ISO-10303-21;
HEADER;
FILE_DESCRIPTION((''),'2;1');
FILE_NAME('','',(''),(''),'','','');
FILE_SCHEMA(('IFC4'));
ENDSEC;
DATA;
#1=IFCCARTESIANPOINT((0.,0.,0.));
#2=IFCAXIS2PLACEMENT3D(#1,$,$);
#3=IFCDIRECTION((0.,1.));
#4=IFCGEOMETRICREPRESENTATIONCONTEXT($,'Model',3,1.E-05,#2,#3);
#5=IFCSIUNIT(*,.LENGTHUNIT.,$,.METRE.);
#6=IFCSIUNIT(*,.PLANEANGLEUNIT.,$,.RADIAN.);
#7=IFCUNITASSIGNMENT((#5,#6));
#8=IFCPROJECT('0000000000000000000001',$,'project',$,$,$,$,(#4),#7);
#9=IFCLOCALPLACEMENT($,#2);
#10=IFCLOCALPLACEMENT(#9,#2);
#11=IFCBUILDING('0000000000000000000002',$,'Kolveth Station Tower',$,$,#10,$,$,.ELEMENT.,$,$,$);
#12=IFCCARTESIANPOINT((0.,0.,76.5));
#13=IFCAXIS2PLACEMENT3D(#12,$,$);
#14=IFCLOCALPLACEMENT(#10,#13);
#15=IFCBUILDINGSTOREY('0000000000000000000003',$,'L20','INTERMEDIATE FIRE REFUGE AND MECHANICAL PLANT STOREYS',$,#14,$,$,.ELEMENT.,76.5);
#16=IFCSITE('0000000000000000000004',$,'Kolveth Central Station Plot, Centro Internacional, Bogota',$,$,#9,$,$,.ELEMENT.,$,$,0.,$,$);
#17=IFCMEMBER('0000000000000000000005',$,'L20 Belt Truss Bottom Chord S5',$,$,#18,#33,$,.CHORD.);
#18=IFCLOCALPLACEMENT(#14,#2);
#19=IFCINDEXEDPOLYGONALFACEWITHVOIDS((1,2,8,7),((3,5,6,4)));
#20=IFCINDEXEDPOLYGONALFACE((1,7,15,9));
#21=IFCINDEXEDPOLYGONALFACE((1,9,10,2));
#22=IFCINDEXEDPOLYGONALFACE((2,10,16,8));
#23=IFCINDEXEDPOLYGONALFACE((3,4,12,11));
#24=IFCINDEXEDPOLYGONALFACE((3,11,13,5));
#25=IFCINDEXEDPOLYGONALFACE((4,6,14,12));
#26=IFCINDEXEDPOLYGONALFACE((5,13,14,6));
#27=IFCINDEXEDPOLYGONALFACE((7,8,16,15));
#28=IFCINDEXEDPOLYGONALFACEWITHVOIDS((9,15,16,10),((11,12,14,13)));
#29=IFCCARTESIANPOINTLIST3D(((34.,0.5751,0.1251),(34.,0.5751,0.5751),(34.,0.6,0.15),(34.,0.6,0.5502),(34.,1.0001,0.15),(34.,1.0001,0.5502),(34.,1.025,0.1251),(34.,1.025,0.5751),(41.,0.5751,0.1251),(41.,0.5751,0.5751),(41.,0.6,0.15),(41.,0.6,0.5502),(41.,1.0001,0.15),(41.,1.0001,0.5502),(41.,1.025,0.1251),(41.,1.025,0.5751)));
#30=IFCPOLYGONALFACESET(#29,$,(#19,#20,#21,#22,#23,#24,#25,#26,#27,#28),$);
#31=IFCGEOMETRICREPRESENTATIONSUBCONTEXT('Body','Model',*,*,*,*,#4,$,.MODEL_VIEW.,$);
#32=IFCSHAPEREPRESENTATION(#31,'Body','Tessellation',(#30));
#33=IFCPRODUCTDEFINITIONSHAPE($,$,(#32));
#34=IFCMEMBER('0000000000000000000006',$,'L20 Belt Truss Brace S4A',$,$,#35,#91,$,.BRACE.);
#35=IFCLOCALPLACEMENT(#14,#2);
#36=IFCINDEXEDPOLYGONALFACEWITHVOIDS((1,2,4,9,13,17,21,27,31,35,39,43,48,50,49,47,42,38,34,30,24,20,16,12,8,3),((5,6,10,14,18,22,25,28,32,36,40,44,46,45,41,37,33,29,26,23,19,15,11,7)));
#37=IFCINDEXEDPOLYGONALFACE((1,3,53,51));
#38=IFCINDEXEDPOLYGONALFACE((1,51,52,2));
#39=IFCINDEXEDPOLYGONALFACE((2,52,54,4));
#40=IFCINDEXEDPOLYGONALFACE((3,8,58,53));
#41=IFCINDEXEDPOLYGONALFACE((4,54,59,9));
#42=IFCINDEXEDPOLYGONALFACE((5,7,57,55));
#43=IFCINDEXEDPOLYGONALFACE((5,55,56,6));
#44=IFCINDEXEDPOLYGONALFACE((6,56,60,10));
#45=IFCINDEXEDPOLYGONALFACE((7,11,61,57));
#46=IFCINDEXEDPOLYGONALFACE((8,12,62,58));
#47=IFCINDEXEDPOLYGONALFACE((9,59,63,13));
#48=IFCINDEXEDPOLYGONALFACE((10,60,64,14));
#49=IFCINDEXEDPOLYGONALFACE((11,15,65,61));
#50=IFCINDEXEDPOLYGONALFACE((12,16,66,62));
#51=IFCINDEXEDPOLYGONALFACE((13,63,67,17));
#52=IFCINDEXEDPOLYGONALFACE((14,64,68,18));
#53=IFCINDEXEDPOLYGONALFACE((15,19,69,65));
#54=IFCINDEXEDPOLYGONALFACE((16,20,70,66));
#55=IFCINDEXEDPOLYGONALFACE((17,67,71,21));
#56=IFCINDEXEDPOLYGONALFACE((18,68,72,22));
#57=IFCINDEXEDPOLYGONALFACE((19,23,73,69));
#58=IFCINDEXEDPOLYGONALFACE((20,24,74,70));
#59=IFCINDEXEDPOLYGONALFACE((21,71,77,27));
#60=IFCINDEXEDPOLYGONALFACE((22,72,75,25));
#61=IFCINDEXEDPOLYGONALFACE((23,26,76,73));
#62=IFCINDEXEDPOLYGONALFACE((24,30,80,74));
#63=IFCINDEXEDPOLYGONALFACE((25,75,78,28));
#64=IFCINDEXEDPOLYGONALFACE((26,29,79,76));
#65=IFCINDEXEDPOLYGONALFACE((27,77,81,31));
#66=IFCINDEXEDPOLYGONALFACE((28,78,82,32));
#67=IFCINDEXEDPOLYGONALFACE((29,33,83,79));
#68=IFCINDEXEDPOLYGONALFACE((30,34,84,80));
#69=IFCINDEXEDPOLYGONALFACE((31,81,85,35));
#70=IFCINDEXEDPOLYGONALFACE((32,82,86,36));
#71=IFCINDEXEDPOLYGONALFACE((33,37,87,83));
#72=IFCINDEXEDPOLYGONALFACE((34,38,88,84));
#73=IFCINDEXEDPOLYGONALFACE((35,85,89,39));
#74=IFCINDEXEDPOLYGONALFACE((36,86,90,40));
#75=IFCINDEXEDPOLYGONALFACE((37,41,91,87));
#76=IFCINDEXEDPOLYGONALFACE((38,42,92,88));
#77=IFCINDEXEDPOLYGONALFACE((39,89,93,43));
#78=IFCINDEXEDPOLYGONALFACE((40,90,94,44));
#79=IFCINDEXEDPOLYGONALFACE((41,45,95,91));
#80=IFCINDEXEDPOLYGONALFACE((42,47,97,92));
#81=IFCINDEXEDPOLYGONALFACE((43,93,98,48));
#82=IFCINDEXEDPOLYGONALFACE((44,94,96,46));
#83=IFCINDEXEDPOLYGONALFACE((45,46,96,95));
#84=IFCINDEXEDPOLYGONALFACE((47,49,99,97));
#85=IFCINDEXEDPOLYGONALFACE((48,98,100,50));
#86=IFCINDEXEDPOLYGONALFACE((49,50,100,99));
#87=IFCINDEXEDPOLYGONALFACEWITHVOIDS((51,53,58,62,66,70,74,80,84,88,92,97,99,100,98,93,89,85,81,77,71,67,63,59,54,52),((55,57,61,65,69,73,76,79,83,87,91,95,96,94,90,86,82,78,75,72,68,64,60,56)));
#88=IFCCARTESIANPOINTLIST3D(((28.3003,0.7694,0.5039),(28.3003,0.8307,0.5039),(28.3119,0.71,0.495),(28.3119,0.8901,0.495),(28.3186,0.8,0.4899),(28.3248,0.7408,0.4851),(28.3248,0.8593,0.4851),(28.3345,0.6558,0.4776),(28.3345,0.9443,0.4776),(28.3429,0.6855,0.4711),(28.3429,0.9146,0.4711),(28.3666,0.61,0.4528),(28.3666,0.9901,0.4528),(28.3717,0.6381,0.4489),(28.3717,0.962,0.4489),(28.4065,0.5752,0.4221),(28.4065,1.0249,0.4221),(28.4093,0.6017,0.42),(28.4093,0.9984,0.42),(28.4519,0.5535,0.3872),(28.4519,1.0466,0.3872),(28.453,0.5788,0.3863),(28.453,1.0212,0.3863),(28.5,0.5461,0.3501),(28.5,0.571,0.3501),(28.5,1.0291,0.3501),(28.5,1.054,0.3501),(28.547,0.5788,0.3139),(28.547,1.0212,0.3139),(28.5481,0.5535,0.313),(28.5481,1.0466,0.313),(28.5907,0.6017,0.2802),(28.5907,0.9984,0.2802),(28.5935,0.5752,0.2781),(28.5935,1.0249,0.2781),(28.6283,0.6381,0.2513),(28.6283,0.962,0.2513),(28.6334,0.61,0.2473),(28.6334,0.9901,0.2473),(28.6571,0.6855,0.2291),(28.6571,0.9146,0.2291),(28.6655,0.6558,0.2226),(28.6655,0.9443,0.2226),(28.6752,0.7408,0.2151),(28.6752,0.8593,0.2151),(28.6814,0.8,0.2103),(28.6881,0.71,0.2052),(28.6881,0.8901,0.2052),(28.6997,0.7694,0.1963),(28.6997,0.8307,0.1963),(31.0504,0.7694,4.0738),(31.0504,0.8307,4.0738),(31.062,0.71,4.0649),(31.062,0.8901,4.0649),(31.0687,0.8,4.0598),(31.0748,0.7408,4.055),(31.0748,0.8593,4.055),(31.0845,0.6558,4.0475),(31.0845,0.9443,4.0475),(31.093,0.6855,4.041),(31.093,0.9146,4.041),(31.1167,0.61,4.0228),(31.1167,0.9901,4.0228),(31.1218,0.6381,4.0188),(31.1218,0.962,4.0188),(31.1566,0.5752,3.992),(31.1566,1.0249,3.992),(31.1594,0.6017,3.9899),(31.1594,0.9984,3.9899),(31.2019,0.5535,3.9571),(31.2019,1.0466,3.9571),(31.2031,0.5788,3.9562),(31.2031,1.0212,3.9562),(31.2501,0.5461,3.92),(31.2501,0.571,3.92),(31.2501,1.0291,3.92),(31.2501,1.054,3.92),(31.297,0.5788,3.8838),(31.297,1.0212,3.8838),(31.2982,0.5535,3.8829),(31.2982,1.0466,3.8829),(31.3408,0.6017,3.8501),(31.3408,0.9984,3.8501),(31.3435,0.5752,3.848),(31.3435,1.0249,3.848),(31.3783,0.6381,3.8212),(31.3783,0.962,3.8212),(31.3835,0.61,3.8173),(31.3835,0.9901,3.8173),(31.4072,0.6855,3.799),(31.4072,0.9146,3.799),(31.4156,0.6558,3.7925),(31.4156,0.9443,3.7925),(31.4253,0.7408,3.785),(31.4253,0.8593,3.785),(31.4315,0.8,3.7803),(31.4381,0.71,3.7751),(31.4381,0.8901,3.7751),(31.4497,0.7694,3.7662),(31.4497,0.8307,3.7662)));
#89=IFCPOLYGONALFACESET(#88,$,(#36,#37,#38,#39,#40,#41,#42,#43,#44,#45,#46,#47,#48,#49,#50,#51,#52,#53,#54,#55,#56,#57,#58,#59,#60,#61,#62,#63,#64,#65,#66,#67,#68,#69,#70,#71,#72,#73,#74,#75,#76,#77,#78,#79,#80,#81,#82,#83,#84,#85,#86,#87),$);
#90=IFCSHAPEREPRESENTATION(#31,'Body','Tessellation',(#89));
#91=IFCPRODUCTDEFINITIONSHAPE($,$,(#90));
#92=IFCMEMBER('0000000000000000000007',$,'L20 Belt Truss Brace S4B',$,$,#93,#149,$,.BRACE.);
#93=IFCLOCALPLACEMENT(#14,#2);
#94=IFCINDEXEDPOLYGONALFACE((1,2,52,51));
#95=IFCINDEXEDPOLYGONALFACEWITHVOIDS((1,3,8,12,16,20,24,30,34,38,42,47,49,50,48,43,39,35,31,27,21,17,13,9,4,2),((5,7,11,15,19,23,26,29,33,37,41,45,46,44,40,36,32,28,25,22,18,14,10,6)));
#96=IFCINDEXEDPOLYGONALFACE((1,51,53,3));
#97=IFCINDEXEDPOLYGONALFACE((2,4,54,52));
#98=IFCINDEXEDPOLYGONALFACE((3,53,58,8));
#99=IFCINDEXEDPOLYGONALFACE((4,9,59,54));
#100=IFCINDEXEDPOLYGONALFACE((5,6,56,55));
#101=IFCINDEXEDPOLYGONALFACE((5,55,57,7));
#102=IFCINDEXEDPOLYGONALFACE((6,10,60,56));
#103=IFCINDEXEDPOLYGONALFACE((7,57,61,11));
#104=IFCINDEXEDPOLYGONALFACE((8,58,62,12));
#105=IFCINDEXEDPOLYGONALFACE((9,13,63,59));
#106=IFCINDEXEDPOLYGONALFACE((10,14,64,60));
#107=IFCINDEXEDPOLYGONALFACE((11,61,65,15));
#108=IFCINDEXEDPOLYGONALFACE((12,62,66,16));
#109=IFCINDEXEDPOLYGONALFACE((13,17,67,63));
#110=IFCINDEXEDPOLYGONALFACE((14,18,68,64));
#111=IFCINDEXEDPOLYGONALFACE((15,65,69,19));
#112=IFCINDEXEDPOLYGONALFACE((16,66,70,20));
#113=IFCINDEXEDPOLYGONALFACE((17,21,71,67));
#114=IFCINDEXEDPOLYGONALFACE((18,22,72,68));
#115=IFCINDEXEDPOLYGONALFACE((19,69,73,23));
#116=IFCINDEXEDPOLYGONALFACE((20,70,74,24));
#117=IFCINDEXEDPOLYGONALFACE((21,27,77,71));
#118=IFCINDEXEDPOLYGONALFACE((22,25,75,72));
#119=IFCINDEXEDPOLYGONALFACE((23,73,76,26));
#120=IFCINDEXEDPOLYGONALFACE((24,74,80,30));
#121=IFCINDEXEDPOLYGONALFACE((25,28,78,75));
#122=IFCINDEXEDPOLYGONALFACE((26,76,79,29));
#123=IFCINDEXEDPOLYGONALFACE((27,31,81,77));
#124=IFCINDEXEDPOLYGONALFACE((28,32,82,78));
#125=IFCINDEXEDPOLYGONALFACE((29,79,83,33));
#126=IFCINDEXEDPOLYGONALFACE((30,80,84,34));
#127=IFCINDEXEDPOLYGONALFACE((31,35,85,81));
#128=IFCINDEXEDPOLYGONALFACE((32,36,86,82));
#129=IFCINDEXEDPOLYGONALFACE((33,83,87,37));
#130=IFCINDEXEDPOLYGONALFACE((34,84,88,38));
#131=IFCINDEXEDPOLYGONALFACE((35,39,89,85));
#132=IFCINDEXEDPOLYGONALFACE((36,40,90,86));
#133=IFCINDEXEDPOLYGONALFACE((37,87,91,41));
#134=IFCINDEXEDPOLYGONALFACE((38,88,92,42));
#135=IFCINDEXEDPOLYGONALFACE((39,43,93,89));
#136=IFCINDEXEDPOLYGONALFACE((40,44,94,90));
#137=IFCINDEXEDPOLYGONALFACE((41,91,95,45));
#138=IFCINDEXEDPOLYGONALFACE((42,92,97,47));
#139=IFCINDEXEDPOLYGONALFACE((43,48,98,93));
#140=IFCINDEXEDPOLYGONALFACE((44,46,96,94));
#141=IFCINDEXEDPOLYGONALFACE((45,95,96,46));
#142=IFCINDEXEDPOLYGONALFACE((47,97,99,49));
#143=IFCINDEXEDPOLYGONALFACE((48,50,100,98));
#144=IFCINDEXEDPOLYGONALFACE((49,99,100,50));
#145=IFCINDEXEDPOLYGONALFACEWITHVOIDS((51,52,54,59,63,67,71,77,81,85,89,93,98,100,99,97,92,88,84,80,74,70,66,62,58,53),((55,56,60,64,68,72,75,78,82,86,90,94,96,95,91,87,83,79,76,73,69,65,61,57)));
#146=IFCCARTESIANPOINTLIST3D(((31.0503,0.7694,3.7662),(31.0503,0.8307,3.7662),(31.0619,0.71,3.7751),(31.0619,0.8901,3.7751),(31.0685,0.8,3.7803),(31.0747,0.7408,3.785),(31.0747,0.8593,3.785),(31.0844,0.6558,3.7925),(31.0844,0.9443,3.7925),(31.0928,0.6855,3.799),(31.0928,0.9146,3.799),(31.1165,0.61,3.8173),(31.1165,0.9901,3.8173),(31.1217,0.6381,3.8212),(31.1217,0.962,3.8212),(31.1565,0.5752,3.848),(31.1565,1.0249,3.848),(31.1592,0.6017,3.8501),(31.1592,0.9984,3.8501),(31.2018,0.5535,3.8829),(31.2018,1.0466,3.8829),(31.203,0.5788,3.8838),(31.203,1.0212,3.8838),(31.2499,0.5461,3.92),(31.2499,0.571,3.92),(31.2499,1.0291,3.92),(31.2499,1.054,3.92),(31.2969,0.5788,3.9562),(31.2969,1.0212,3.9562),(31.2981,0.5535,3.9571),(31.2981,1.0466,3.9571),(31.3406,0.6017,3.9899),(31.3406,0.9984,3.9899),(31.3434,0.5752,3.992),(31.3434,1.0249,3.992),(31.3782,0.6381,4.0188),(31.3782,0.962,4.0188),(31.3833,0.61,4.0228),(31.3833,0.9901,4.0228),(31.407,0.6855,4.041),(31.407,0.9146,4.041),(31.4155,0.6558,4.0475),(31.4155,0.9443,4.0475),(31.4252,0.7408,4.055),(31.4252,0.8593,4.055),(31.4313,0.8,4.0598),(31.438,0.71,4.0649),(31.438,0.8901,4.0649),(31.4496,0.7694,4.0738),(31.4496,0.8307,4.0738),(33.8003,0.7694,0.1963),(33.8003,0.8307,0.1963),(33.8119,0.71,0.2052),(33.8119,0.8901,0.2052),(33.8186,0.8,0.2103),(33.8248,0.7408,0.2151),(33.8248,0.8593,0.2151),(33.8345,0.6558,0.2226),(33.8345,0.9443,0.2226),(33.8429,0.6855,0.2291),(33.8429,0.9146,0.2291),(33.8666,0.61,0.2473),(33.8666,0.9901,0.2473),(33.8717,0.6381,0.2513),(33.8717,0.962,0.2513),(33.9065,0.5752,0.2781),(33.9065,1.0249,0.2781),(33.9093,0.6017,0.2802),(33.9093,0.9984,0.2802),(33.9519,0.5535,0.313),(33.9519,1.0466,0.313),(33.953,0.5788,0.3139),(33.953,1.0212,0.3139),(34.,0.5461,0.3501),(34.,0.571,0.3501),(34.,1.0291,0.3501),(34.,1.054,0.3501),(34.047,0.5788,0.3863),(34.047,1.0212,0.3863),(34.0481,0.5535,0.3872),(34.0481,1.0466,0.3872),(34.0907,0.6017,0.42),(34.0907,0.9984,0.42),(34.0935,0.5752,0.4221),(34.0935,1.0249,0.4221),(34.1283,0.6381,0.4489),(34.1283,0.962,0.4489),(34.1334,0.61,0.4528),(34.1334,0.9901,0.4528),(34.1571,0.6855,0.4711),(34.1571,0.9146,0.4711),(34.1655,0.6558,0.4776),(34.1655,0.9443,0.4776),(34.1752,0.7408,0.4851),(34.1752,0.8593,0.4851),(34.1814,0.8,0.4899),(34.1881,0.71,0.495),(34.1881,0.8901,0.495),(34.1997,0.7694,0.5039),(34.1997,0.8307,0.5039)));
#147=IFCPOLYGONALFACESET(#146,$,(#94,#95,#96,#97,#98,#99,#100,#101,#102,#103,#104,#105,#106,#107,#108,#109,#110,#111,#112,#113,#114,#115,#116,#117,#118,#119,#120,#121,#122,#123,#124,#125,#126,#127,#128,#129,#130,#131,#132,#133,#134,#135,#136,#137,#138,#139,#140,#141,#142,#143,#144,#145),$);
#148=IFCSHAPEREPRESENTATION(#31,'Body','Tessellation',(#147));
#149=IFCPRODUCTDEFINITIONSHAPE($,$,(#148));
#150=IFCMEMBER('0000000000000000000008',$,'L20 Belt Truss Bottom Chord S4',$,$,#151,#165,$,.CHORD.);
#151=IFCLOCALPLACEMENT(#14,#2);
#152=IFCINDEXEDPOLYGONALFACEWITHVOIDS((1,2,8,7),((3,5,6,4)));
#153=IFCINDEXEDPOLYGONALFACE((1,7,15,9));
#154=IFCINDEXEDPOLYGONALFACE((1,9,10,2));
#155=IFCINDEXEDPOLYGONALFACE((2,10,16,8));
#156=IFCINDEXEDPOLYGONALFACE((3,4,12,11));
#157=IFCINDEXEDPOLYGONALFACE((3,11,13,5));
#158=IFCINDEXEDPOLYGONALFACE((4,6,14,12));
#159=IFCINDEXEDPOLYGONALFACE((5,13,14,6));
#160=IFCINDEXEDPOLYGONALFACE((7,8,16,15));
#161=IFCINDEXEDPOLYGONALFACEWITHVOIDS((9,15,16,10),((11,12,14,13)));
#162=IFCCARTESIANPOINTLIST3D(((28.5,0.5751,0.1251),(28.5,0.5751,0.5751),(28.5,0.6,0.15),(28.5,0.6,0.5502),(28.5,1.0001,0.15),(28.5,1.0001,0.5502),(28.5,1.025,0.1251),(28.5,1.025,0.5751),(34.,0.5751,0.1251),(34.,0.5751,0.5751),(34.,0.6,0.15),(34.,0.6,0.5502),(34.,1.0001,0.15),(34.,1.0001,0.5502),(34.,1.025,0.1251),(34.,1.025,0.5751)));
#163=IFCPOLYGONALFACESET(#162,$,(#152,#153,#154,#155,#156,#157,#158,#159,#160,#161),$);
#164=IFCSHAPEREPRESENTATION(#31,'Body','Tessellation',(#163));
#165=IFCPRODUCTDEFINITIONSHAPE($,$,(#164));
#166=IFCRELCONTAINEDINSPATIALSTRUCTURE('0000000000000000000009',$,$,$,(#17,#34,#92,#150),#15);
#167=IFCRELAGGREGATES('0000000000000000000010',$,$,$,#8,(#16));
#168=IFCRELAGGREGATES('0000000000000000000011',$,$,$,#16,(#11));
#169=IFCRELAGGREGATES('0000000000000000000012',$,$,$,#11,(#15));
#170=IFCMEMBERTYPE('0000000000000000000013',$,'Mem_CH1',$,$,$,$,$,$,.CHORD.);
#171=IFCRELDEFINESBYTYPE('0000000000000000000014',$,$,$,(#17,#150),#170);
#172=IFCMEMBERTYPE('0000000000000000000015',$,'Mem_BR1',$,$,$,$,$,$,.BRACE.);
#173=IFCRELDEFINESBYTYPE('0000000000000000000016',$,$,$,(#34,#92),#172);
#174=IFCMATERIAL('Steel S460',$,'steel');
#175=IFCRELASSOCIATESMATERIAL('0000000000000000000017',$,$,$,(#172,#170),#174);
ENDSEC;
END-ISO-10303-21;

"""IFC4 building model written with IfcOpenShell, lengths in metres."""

from ifc_helpers import new_model, si_unit, direction, frame, origin, origin_2d, place, context, subcontext, project, spatial, hollow_rectangle, hollow_circle, extrude, source, transform, mapped, material, material_profile, profile_set, type_object, element, save


model = new_model("IFC4")

# Units and contexts
model_context = context("Model", 3, precision=1e-05, world=origin(), true_north=direction((0.0, 1.0)))
body_context = subcontext(model_context, "Body", "Model", "MODEL_VIEW")
ifc_project = project(units=[si_unit("LENGTHUNIT", "METRE"), si_unit("PLANEANGLEUNIT", "RADIAN")], contexts=[model_context])

# Site, building, storey
site_placement = place(None, origin())
site = spatial("IfcSite", under=ifc_project, at=site_placement, Name="Kolveth Central Station Plot, Centro Internacional, Bogota", CompositionType="ELEMENT", RefElevation=0.0)
building_placement = place(site_placement, origin())
building = spatial("IfcBuilding", under=site, at=building_placement, Name="Kolveth Station Tower", CompositionType="ELEMENT")
storey_placement = place(building_placement, frame((0.0, 0.0, 76.5)))
storey = spatial("IfcBuildingStorey", under=building, at=storey_placement, Name="L20", Description="INTERMEDIATE FIRE REFUGE AND MECHANICAL PLANT STOREYS", CompositionType="ELEMENT", Elevation=76.5)

# Shared definitions
ifc_material_1 = material(Name="Steel S460", Category="steel")

# Members
ifc_material_profile_1 = material_profile(ifc_material_1, hollow_circle(Radius=0.2539, WallThickness=0.0249, at=origin_2d()), Name="CHS508x25")
ifc_profile_set_1 = profile_set([ifc_material_profile_1], Name="Steel S460")
member_type_1 = type_object("IfcMemberType", Name="Mem_BR1", PredefinedType="BRACE", material=ifc_profile_set_1)
ifc_material_profile_2 = material_profile(ifc_material_1, hollow_rectangle(XDim=0.45, YDim=0.45, WallThickness=0.0249, at=origin_2d()), Name="HSS450x450x25")
ifc_profile_set_2 = profile_set([ifc_material_profile_2], Name="Steel S460")
member_type_2 = type_object("IfcMemberType", Name="Mem_CH1", PredefinedType="CHORD", material=ifc_profile_set_2)
shared_shape_1 = source(origin(), body_context, "Body", "SweptSolid", [
    extrude(hollow_rectangle(XDim=0.45, YDim=0.45, WallThickness=0.0249, at=origin_2d()), origin(), (0.0, 0.0, 1.0), 7.0),
])
member_1_placement = place(storey_placement, frame((34.0, 0.8, 0.3501), z_axis=(1.0, 0.0, 0.0), x_axis=(0.0, 1.0, 0.0)))
element("IfcMember", 1, at=member_1_placement, inside=storey, type_object=member_type_2, Name="L20 Belt Truss Bottom Chord S5", PredefinedType="CHORD", context=body_context, shape_type="MappedRepresentation", body=[
    mapped(shared_shape_1, transform((0.0, 0.0, 0.0), x_axis=(1.0, 0.0, 0.0), y_axis=(0.0, 1.0, 0.0), z_axis=(0.0, 0.0, 1.0), scale=1.0)),
])
shared_shape_2 = source(origin(), body_context, "Body", "SweptSolid", [
    extrude(hollow_circle(Radius=0.2539, WallThickness=0.0249, at=origin_2d()), origin(), (0.0, 0.0, 1.0), 4.5063),
])
for number, where, z_axis, x_axis, name in (
    (2, (28.5, 0.8, 0.3501), (0.610266, 0.0, 0.792197), (0.0, 1.0, 0.0), "L20 Belt Truss Brace S4A"),
    (3, (34.0, 0.8, 0.3501), (-0.610266, 0.0, 0.792197), (0.0, -1.0, 0.0), "L20 Belt Truss Brace S4B"),
):
    element("IfcMember", number, at=place(storey_placement, frame(where, z_axis=z_axis, x_axis=x_axis)), inside=storey, type_object=member_type_1, Name=name, PredefinedType="BRACE", context=body_context, shape_type="MappedRepresentation", body=[
        mapped(shared_shape_2, transform((0.0, 0.0, 0.0), x_axis=(1.0, 0.0, 0.0), y_axis=(0.0, 1.0, 0.0), z_axis=(0.0, 0.0, 1.0), scale=1.0)),
    ])
shared_shape_3 = source(origin(), body_context, "Body", "SweptSolid", [
    extrude(hollow_rectangle(XDim=0.45, YDim=0.45, WallThickness=0.0249, at=origin_2d()), origin(), (0.0, 0.0, 1.0), 5.5),
])
member_2_placement = place(storey_placement, frame((28.5, 0.8, 0.3501), z_axis=(1.0, 0.0, 0.0), x_axis=(0.0, 1.0, 0.0)))
element("IfcMember", 4, at=member_2_placement, inside=storey, type_object=member_type_2, Name="L20 Belt Truss Bottom Chord S4", PredefinedType="CHORD", context=body_context, shape_type="MappedRepresentation", body=[
    mapped(shared_shape_3, transform((0.0, 0.0, 0.0), x_axis=(1.0, 0.0, 0.0), y_axis=(0.0, 1.0, 0.0), z_axis=(0.0, 0.0, 1.0), scale=1.0)),
])

save(model, "model.ifc")
